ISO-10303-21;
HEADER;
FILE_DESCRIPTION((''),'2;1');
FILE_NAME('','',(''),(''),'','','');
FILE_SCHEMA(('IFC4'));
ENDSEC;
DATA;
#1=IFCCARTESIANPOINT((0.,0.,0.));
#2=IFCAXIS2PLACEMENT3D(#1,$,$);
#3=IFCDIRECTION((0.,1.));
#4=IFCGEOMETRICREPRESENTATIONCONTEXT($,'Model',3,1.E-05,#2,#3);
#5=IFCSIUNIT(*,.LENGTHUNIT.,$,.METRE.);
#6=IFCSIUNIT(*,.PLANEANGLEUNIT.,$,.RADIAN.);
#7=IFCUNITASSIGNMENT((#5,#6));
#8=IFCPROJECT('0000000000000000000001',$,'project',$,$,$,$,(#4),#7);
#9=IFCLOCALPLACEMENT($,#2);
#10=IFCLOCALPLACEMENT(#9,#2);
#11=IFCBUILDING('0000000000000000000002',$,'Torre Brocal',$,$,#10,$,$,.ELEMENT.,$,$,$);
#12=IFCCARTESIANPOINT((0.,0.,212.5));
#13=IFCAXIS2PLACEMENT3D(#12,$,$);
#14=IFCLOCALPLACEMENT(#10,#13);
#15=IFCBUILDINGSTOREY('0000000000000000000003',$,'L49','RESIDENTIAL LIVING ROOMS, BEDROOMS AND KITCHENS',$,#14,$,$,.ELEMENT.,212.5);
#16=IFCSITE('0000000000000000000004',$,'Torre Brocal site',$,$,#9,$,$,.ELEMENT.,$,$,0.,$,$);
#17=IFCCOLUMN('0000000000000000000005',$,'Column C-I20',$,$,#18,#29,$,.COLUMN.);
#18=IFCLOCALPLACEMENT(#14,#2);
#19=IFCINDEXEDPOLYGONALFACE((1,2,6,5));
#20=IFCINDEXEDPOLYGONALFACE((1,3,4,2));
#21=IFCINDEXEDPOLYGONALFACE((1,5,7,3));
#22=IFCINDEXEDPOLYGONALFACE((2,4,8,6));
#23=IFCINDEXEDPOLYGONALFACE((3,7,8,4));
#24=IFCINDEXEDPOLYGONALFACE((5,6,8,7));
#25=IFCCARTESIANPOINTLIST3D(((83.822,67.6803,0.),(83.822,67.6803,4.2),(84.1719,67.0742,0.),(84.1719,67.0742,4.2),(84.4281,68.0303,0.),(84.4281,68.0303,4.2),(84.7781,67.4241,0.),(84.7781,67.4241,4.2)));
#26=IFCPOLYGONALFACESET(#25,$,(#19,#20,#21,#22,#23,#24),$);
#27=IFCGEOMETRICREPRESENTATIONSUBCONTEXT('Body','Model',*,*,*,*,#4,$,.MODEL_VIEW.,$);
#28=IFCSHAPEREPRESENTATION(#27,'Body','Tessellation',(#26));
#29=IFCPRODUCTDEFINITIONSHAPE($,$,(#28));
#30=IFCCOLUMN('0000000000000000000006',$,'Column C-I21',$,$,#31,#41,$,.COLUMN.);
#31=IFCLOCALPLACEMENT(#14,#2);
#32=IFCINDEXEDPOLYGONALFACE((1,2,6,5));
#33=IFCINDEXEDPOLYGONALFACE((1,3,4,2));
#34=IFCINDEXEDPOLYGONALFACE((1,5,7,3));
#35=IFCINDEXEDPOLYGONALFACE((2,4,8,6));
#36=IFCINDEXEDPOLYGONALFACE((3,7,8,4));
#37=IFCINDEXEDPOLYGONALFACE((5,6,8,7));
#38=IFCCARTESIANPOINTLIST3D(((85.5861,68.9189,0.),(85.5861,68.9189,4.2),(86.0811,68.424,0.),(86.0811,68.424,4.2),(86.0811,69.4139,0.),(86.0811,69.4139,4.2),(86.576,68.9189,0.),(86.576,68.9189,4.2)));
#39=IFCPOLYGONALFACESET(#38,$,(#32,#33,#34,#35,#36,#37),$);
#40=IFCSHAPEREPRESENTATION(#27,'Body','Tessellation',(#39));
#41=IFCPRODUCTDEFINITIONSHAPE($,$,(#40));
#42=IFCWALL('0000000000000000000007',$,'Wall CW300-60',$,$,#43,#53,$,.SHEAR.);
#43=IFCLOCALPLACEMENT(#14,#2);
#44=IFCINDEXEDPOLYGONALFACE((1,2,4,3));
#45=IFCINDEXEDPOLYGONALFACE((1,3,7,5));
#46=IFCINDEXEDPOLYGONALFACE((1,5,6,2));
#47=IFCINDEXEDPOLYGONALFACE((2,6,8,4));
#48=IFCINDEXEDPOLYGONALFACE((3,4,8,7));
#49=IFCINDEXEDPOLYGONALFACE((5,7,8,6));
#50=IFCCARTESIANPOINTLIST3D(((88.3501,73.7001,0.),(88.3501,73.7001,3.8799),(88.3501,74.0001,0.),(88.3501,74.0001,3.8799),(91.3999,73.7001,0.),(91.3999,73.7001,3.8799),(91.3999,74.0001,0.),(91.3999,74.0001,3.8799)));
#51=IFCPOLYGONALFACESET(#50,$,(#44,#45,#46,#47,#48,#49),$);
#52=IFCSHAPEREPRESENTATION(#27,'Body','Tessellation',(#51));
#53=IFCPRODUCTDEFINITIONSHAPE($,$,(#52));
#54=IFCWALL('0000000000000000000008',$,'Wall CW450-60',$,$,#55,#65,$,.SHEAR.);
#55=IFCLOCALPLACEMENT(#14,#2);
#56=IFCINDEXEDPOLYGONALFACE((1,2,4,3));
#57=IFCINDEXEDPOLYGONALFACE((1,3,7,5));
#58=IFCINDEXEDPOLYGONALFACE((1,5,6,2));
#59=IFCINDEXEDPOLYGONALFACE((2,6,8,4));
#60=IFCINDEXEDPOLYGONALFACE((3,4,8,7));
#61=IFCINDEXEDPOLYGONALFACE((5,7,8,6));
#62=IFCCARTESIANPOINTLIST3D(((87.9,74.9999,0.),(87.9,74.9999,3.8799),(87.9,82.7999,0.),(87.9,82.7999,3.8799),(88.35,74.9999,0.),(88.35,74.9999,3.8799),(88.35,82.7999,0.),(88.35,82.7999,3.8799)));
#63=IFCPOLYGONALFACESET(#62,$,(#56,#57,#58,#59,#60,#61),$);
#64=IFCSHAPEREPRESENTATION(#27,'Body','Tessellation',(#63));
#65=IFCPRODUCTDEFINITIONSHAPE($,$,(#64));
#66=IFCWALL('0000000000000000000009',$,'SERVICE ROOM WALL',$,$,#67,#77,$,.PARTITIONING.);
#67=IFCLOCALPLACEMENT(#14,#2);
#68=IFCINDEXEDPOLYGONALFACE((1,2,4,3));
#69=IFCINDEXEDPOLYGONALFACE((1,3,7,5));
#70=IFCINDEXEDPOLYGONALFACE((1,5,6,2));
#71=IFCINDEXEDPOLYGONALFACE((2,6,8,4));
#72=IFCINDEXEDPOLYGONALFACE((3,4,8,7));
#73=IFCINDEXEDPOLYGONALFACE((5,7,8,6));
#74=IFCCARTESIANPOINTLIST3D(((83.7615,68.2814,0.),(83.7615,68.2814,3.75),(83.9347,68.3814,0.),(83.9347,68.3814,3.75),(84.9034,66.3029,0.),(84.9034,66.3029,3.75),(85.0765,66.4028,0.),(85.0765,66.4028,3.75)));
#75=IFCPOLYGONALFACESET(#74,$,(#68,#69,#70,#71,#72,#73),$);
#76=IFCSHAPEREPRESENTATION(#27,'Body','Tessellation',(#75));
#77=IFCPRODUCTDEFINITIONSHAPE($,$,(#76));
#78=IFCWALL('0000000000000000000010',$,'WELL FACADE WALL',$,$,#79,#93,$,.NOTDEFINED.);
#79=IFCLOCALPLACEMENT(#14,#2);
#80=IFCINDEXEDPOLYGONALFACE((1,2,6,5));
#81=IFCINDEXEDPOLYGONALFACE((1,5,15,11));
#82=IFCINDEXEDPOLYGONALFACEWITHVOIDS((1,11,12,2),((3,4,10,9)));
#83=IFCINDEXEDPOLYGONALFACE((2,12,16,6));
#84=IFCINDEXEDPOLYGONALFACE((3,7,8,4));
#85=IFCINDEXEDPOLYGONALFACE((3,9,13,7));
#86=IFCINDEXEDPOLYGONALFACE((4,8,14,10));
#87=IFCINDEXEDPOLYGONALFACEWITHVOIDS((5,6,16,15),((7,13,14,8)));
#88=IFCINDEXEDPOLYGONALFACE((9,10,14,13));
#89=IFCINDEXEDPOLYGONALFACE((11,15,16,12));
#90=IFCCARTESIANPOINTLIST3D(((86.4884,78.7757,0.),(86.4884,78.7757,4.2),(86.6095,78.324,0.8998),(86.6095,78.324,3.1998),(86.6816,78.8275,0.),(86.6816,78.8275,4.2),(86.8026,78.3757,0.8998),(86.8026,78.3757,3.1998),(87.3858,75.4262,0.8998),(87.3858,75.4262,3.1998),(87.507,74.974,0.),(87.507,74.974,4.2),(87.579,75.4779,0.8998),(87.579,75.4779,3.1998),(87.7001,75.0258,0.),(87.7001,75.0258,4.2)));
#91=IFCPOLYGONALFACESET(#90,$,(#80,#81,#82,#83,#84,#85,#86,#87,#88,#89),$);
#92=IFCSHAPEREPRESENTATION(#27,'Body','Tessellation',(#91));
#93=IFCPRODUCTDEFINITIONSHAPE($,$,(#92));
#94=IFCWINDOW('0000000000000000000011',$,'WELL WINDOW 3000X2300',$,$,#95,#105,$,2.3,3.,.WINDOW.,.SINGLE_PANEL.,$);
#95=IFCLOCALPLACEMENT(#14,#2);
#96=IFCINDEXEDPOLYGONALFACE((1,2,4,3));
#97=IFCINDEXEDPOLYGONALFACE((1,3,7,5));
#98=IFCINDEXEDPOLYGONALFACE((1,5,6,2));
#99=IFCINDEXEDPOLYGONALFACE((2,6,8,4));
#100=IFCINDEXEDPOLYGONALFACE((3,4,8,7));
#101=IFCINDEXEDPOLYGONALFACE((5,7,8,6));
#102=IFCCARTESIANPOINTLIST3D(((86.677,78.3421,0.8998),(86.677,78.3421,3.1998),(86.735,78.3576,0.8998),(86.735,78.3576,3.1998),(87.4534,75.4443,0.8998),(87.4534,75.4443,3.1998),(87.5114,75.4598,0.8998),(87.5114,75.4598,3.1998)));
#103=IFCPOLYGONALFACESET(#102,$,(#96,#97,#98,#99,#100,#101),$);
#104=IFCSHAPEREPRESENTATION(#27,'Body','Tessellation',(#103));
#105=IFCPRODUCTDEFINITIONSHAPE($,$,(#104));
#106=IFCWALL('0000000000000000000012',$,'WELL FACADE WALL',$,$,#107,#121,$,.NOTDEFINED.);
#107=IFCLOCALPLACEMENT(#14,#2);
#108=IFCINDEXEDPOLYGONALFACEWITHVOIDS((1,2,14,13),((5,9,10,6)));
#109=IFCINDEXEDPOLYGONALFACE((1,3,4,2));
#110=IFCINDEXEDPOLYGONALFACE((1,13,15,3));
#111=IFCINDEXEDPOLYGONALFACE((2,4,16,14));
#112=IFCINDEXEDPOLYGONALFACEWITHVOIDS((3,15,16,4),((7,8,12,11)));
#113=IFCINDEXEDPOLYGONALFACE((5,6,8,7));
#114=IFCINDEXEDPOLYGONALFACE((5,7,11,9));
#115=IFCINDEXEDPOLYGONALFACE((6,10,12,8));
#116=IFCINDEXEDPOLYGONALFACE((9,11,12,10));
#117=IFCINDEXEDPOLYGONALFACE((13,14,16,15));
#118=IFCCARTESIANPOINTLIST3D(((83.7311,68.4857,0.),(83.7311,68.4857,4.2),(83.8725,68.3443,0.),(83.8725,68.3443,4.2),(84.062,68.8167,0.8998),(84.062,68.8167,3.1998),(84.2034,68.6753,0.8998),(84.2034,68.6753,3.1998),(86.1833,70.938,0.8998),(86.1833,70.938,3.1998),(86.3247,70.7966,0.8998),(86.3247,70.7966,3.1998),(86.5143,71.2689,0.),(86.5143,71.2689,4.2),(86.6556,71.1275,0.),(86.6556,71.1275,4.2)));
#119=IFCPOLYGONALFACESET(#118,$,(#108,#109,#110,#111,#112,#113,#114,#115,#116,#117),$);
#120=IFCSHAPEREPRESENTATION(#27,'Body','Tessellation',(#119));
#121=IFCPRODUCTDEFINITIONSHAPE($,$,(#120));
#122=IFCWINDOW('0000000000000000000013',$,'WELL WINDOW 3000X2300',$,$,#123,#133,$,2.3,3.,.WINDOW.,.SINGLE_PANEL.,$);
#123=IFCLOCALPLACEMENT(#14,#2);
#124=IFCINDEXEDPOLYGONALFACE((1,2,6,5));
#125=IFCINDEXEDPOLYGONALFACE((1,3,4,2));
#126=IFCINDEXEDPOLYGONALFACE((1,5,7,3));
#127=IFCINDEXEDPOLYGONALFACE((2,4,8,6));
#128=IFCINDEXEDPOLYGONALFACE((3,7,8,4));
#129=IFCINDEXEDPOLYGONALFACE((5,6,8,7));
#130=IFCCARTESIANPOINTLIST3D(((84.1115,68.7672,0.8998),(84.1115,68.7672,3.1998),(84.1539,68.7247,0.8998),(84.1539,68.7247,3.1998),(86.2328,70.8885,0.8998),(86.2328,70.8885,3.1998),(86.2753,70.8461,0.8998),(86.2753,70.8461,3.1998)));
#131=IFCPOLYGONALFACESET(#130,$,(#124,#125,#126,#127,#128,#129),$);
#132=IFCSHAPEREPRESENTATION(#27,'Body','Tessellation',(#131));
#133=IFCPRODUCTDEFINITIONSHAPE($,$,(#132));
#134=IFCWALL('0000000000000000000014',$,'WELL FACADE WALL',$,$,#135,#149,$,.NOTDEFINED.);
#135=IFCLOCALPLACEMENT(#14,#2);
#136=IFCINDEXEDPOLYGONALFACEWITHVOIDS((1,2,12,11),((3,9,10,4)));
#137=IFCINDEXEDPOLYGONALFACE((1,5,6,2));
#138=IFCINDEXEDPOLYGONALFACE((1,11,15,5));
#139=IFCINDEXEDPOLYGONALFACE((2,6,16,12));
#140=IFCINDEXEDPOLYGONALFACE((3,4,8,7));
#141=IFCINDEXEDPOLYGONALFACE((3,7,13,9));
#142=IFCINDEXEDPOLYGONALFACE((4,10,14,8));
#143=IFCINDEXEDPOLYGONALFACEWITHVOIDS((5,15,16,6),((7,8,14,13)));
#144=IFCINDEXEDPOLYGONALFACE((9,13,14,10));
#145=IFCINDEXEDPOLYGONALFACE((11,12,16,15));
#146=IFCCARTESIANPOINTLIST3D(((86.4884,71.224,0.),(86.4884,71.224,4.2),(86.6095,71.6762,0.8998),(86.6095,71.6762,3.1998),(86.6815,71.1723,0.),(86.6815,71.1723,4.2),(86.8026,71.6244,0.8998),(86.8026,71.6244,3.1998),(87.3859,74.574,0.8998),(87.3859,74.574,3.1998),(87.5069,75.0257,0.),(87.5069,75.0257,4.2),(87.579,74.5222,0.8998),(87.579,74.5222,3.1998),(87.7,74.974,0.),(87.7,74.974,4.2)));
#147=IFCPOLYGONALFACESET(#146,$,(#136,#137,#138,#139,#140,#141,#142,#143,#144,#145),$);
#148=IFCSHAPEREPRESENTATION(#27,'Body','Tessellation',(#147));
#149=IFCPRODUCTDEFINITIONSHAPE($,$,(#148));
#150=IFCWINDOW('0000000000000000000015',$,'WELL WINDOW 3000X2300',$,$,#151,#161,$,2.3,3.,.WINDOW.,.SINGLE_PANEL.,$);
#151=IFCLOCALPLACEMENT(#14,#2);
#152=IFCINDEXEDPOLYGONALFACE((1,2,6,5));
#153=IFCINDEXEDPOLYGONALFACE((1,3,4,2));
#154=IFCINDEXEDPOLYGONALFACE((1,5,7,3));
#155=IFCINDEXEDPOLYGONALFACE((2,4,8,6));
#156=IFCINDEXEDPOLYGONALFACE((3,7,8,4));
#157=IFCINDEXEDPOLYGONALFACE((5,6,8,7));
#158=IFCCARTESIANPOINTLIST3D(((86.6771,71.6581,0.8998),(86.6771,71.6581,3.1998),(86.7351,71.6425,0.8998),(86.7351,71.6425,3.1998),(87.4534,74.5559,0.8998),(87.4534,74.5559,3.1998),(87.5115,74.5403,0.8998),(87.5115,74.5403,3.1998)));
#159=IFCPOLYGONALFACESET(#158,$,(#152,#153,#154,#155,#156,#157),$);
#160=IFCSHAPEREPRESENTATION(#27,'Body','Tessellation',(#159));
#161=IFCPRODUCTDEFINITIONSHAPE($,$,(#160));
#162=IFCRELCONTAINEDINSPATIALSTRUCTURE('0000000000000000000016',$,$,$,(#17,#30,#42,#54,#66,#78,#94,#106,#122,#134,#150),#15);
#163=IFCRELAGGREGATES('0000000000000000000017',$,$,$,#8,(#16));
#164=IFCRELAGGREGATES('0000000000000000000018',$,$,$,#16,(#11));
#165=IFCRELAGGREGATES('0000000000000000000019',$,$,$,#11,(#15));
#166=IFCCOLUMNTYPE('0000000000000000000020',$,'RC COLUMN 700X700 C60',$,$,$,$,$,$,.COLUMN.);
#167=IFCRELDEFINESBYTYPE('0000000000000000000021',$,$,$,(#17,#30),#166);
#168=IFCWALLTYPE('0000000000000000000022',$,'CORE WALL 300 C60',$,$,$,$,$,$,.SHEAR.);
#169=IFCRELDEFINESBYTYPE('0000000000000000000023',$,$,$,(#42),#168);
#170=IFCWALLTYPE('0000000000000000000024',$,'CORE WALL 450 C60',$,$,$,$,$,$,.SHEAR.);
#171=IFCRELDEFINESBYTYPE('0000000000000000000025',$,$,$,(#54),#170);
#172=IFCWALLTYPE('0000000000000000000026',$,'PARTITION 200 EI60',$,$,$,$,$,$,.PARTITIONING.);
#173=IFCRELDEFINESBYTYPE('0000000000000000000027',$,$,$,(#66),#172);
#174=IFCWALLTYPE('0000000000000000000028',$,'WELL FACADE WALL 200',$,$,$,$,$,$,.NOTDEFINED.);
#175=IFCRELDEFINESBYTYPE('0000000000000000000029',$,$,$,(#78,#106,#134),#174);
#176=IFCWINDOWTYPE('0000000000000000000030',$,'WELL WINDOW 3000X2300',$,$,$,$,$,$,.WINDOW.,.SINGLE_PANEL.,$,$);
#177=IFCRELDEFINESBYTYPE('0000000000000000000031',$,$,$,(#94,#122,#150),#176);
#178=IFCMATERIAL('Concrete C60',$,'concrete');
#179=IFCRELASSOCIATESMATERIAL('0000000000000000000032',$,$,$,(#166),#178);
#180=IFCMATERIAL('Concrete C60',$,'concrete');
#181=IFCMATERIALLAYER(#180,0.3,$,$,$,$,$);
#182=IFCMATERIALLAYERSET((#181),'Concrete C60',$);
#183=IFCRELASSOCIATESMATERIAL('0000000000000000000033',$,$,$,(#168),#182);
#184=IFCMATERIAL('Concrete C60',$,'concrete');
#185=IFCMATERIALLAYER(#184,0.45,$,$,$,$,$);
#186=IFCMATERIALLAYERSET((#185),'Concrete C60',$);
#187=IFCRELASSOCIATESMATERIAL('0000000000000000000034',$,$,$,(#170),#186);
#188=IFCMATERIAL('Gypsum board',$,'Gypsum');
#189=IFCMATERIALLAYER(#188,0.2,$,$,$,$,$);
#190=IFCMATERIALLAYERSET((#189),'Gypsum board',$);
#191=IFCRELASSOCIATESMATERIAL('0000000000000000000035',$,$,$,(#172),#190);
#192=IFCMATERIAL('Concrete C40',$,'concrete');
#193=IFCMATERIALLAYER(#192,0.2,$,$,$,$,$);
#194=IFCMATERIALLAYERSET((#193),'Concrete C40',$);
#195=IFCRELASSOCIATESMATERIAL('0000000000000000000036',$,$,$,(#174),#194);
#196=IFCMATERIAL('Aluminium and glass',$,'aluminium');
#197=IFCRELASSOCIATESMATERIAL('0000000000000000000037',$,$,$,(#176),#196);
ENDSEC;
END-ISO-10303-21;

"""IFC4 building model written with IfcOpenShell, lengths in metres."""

from ifc_helpers import new_model, si_unit, direction, frame, frame_2d, origin, origin_2d, place, context, subcontext, project, spatial, rectangle, extrude, material, layer, layer_set, material_profile, profile_set, type_object, element, fill, save


model = new_model("IFC4")

# Units and contexts
model_context = context("Model", 3, precision=1e-05, world=origin(), true_north=direction((0.0, 1.0)))
body_context = subcontext(model_context, "Body", "Model", "MODEL_VIEW")
ifc_project = project(units=[si_unit("LENGTHUNIT", "METRE"), si_unit("PLANEANGLEUNIT", "RADIAN")], contexts=[model_context])

# Site, building, storey
site_placement = place(None, origin())
site = spatial("IfcSite", under=ifc_project, at=site_placement, Name="Torre Brocal site", CompositionType="ELEMENT", RefElevation=0.0)
building_placement = place(site_placement, origin())
building = spatial("IfcBuilding", under=site, at=building_placement, Name="Torre Brocal", CompositionType="ELEMENT")
storey_placement = place(building_placement, frame((0.0, 0.0, 212.5)))
storey = spatial("IfcBuildingStorey", under=building, at=storey_placement, Name="L49", Description="RESIDENTIAL LIVING ROOMS, BEDROOMS AND KITCHENS", CompositionType="ELEMENT", Elevation=212.5)

# Columns
ifc_material_1 = material(Name="Concrete C60", Category="concrete")
ifc_material_profile = material_profile(ifc_material_1, rectangle(XDim=0.7, YDim=0.7, at=origin_2d()), Name="RC 700X700")
ifc_profile_set = profile_set([ifc_material_profile], Name="Concrete C60")
column_type = type_object("IfcColumnType", Name="RC COLUMN 700X700 C60", PredefinedType="COLUMN", material=ifc_profile_set)
for number, where, z_axis, x_axis, name in (
    (1, (84.3, 67.5522, 0.0), (0.0, 0.0, 1.0), (0.5, -0.866025, 0.0), "Column C-I20"),
    (2, (86.0811, 68.9189, 0.0), (0.0, 0.0, 1.0), (0.707107, -0.707107, 0.0), "Column C-I21"),
):
    element("IfcColumn", number, at=place(storey_placement, frame(where, z_axis=z_axis, x_axis=x_axis)), inside=storey, type_object=column_type, Name=name, PredefinedType="COLUMN", context=body_context, shape_type="SweptSolid", body=[
        extrude(rectangle(XDim=0.7, YDim=0.7, at=origin_2d()), origin(), (0.0, 0.0, 1.0), 4.2),
    ])

# Walls
ifc_material_2 = material(Name="Concrete C60", Category="concrete")
ifc_layer_1 = layer(ifc_material_2, 0.3)
ifc_layer_set_1 = layer_set([ifc_layer_1], Name="Concrete C60")
wall_type_1 = type_object("IfcWallType", Name="CORE WALL 300 C60", PredefinedType="SHEAR", material=ifc_layer_set_1)
wall_1_placement = place(storey_placement, frame((88.3501, 73.8501, 0.0), z_axis=(0.0, 0.0, 1.0), x_axis=(1.0, 0.0, 0.0)))
element("IfcWall", 3, at=wall_1_placement, inside=storey, type_object=wall_type_1, Name="Wall CW300-60", PredefinedType="SHEAR", context=body_context, shape_type="SweptSolid", body=[
    extrude(rectangle(XDim=3.0498, YDim=0.3, at=frame_2d((1.5249, 0.0))), origin(), (0.0, 0.0, 1.0), 3.8799),
])
ifc_material_3 = material(Name="Concrete C60", Category="concrete")
ifc_layer_2 = layer(ifc_material_3, 0.45)
ifc_layer_set_2 = layer_set([ifc_layer_2], Name="Concrete C60")
wall_type_2 = type_object("IfcWallType", Name="CORE WALL 450 C60", PredefinedType="SHEAR", material=ifc_layer_set_2)
wall_2_placement = place(storey_placement, frame((88.125, 75.0, 0.0), z_axis=(0.0, 0.0, 1.0), x_axis=(0.0, 1.0, 0.0)))
element("IfcWall", 4, at=wall_2_placement, inside=storey, type_object=wall_type_2, Name="Wall CW450-60", PredefinedType="SHEAR", context=body_context, shape_type="SweptSolid", body=[
    extrude(rectangle(XDim=7.8, YDim=0.45, at=frame_2d((3.8999, 0.0))), origin(), (0.0, 0.0, 1.0), 3.8799),
])
ifc_material_4 = material(Name="Gypsum board", Category="Gypsum")
ifc_layer_3 = layer(ifc_material_4, 0.2)
ifc_layer_set_3 = layer_set([ifc_layer_3], Name="Gypsum board")
wall_type_3 = type_object("IfcWallType", Name="PARTITION 200 EI60", PredefinedType="PARTITIONING", material=ifc_layer_set_3)
wall_3_placement = place(storey_placement, frame((83.8481, 68.3313, 0.0), z_axis=(0.0, 0.0, 1.0), x_axis=(0.499852, -0.866111, 0.0)))
element("IfcWall", 5, at=wall_3_placement, inside=storey, type_object=wall_type_3, Name="SERVICE ROOM WALL", PredefinedType="PARTITIONING", context=body_context, shape_type="SweptSolid", body=[
    extrude(rectangle(XDim=2.2844, YDim=0.2, at=frame_2d((1.1421, 0.0))), origin(), (0.0, 0.0, 1.0), 3.75),
])

# Walls, openings, windows
ifc_material_5 = material(Name="Concrete C40", Category="concrete")
ifc_layer_4 = layer(ifc_material_5, 0.2)
ifc_layer_set_4 = layer_set([ifc_layer_4], Name="Concrete C40")
wall_type_4 = type_object("IfcWallType", Name="WELL FACADE WALL 200", PredefinedType="NOTDEFINED", material=ifc_layer_set_4)
wall_4_placement = place(storey_placement, frame((87.6035, 75.0, 0.0), z_axis=(0.0, 0.0, 1.0), x_axis=(-0.25879, 0.965934, 0.0)))
wall_4 = element("IfcWall", 6, at=wall_4_placement, inside=storey, type_object=wall_type_4, Name="WELL FACADE WALL", PredefinedType="NOTDEFINED", context=body_context, shape_type="SweptSolid", body=[
    extrude(rectangle(XDim=3.9358, YDim=0.2, at=frame_2d((1.9678, 0.0))), origin(), (0.0, 0.0, 1.0), 4.2),
])
opening_1_placement = place(wall_4_placement, frame((0.468, 0.0, 0.8999)))
opening_1 = element("IfcOpeningElement", 7, at=opening_1_placement, cuts=wall_4, PredefinedType="OPENING", context=body_context, shape_type="SweptSolid", body=[
    extrude(rectangle(XDim=3.0, YDim=2.3, at=frame_2d((1.5, 1.1499))), frame((0.0, 0.1099, 0.0), z_axis=(0.0, -1.0, 0.0), x_axis=(1.0, 0.0, 0.0)), (0.0, 0.0, 1.0), 0.22),
])
ifc_material_6 = material(Name="Aluminium and glass", Category="aluminium")
window_type = type_object("IfcWindowType", Name="WELL WINDOW 3000X2300", PartitioningType="SINGLE_PANEL", PredefinedType="WINDOW", material=ifc_material_6)
window_1_placement = place(opening_1_placement, origin())
window_1 = element("IfcWindow", 8, at=window_1_placement, inside=storey, type_object=window_type, Name="WELL WINDOW 3000X2300", OverallHeight=2.3, OverallWidth=3.0, PartitioningType="SINGLE_PANEL", PredefinedType="WINDOW", context=body_context, shape_type="SweptSolid", body=[
    extrude(rectangle(XDim=3.0, YDim=2.3, at=frame_2d((1.5, 1.1499))), frame((0.0, 0.03, 0.0), z_axis=(0.0, -1.0, 0.0), x_axis=(1.0, 0.0, 0.0)), (0.0, 0.0, 1.0), 0.0601),
])
fill(opening_1, window_1)
wall_5_placement = place(storey_placement, frame((83.8018, 68.415, 0.0), z_axis=(0.0, 0.0, 1.0), x_axis=(0.707107, 0.707107, 0.0)))
wall_5 = element("IfcWall", 9, at=wall_5_placement, inside=storey, type_object=wall_type_4, Name="WELL FACADE WALL", PredefinedType="NOTDEFINED", context=body_context, shape_type="SweptSolid", body=[
    extrude(rectangle(XDim=3.936, YDim=0.2, at=frame_2d((1.968, 0.0))), origin(), (0.0, 0.0, 1.0), 4.2),
])
opening_2_placement = place(wall_5_placement, frame((0.468, 0.0, 0.8999)))
opening_2 = element("IfcOpeningElement", 10, at=opening_2_placement, cuts=wall_5, PredefinedType="OPENING", context=body_context, shape_type="SweptSolid", body=[
    extrude(rectangle(XDim=3.0, YDim=2.3, at=frame_2d((1.5, 1.1499))), frame((0.0, 0.1099, 0.0), z_axis=(0.0, -1.0, 0.0), x_axis=(1.0, 0.0, 0.0)), (0.0, 0.0, 1.0), 0.22),
])
window_2_placement = place(opening_2_placement, origin())
window_2 = element("IfcWindow", 11, at=window_2_placement, inside=storey, type_object=window_type, Name="WELL WINDOW 3000X2300", OverallHeight=2.3, OverallWidth=3.0, PartitioningType="SINGLE_PANEL", PredefinedType="WINDOW", context=body_context, shape_type="SweptSolid", body=[
    extrude(rectangle(XDim=3.0, YDim=2.3, at=frame_2d((1.5, 1.1499))), frame((0.0, 0.03, 0.0), z_axis=(0.0, -1.0, 0.0), x_axis=(1.0, 0.0, 0.0)), (0.0, 0.0, 1.0), 0.0601),
])
fill(opening_2, window_2)
wall_6_placement = place(storey_placement, frame((86.585, 71.1982, 0.0), z_axis=(0.0, 0.0, 1.0), x_axis=(0.25879, 0.965934, 0.0)))
wall_6 = element("IfcWall", 12, at=wall_6_placement, inside=storey, type_object=wall_type_4, Name="WELL FACADE WALL", PredefinedType="NOTDEFINED", context=body_context, shape_type="SweptSolid", body=[
    extrude(rectangle(XDim=3.9358, YDim=0.2, at=frame_2d((1.9678, 0.0))), origin(), (0.0, 0.0, 1.0), 4.2),
])
opening_3_placement = place(wall_6_placement, frame((0.468, 0.0, 0.8999)))
opening_3 = element("IfcOpeningElement", 13, at=opening_3_placement, cuts=wall_6, PredefinedType="OPENING", context=body_context, shape_type="SweptSolid", body=[
    extrude(rectangle(XDim=3.0, YDim=2.3, at=frame_2d((1.5, 1.1499))), frame((0.0, 0.1099, 0.0), z_axis=(0.0, -1.0, 0.0), x_axis=(1.0, 0.0, 0.0)), (0.0, 0.0, 1.0), 0.22),
])
window_3_placement = place(opening_3_placement, origin())
window_3 = element("IfcWindow", 14, at=window_3_placement, inside=storey, type_object=window_type, Name="WELL WINDOW 3000X2300", OverallHeight=2.3, OverallWidth=3.0, PartitioningType="SINGLE_PANEL", PredefinedType="WINDOW", context=body_context, shape_type="SweptSolid", body=[
    extrude(rectangle(XDim=3.0, YDim=2.3, at=frame_2d((1.5, 1.1499))), frame((0.0, 0.03, 0.0), z_axis=(0.0, -1.0, 0.0), x_axis=(1.0, 0.0, 0.0)), (0.0, 0.0, 1.0), 0.0601),
])
fill(opening_3, window_3)

save(model, "model.ifc")
